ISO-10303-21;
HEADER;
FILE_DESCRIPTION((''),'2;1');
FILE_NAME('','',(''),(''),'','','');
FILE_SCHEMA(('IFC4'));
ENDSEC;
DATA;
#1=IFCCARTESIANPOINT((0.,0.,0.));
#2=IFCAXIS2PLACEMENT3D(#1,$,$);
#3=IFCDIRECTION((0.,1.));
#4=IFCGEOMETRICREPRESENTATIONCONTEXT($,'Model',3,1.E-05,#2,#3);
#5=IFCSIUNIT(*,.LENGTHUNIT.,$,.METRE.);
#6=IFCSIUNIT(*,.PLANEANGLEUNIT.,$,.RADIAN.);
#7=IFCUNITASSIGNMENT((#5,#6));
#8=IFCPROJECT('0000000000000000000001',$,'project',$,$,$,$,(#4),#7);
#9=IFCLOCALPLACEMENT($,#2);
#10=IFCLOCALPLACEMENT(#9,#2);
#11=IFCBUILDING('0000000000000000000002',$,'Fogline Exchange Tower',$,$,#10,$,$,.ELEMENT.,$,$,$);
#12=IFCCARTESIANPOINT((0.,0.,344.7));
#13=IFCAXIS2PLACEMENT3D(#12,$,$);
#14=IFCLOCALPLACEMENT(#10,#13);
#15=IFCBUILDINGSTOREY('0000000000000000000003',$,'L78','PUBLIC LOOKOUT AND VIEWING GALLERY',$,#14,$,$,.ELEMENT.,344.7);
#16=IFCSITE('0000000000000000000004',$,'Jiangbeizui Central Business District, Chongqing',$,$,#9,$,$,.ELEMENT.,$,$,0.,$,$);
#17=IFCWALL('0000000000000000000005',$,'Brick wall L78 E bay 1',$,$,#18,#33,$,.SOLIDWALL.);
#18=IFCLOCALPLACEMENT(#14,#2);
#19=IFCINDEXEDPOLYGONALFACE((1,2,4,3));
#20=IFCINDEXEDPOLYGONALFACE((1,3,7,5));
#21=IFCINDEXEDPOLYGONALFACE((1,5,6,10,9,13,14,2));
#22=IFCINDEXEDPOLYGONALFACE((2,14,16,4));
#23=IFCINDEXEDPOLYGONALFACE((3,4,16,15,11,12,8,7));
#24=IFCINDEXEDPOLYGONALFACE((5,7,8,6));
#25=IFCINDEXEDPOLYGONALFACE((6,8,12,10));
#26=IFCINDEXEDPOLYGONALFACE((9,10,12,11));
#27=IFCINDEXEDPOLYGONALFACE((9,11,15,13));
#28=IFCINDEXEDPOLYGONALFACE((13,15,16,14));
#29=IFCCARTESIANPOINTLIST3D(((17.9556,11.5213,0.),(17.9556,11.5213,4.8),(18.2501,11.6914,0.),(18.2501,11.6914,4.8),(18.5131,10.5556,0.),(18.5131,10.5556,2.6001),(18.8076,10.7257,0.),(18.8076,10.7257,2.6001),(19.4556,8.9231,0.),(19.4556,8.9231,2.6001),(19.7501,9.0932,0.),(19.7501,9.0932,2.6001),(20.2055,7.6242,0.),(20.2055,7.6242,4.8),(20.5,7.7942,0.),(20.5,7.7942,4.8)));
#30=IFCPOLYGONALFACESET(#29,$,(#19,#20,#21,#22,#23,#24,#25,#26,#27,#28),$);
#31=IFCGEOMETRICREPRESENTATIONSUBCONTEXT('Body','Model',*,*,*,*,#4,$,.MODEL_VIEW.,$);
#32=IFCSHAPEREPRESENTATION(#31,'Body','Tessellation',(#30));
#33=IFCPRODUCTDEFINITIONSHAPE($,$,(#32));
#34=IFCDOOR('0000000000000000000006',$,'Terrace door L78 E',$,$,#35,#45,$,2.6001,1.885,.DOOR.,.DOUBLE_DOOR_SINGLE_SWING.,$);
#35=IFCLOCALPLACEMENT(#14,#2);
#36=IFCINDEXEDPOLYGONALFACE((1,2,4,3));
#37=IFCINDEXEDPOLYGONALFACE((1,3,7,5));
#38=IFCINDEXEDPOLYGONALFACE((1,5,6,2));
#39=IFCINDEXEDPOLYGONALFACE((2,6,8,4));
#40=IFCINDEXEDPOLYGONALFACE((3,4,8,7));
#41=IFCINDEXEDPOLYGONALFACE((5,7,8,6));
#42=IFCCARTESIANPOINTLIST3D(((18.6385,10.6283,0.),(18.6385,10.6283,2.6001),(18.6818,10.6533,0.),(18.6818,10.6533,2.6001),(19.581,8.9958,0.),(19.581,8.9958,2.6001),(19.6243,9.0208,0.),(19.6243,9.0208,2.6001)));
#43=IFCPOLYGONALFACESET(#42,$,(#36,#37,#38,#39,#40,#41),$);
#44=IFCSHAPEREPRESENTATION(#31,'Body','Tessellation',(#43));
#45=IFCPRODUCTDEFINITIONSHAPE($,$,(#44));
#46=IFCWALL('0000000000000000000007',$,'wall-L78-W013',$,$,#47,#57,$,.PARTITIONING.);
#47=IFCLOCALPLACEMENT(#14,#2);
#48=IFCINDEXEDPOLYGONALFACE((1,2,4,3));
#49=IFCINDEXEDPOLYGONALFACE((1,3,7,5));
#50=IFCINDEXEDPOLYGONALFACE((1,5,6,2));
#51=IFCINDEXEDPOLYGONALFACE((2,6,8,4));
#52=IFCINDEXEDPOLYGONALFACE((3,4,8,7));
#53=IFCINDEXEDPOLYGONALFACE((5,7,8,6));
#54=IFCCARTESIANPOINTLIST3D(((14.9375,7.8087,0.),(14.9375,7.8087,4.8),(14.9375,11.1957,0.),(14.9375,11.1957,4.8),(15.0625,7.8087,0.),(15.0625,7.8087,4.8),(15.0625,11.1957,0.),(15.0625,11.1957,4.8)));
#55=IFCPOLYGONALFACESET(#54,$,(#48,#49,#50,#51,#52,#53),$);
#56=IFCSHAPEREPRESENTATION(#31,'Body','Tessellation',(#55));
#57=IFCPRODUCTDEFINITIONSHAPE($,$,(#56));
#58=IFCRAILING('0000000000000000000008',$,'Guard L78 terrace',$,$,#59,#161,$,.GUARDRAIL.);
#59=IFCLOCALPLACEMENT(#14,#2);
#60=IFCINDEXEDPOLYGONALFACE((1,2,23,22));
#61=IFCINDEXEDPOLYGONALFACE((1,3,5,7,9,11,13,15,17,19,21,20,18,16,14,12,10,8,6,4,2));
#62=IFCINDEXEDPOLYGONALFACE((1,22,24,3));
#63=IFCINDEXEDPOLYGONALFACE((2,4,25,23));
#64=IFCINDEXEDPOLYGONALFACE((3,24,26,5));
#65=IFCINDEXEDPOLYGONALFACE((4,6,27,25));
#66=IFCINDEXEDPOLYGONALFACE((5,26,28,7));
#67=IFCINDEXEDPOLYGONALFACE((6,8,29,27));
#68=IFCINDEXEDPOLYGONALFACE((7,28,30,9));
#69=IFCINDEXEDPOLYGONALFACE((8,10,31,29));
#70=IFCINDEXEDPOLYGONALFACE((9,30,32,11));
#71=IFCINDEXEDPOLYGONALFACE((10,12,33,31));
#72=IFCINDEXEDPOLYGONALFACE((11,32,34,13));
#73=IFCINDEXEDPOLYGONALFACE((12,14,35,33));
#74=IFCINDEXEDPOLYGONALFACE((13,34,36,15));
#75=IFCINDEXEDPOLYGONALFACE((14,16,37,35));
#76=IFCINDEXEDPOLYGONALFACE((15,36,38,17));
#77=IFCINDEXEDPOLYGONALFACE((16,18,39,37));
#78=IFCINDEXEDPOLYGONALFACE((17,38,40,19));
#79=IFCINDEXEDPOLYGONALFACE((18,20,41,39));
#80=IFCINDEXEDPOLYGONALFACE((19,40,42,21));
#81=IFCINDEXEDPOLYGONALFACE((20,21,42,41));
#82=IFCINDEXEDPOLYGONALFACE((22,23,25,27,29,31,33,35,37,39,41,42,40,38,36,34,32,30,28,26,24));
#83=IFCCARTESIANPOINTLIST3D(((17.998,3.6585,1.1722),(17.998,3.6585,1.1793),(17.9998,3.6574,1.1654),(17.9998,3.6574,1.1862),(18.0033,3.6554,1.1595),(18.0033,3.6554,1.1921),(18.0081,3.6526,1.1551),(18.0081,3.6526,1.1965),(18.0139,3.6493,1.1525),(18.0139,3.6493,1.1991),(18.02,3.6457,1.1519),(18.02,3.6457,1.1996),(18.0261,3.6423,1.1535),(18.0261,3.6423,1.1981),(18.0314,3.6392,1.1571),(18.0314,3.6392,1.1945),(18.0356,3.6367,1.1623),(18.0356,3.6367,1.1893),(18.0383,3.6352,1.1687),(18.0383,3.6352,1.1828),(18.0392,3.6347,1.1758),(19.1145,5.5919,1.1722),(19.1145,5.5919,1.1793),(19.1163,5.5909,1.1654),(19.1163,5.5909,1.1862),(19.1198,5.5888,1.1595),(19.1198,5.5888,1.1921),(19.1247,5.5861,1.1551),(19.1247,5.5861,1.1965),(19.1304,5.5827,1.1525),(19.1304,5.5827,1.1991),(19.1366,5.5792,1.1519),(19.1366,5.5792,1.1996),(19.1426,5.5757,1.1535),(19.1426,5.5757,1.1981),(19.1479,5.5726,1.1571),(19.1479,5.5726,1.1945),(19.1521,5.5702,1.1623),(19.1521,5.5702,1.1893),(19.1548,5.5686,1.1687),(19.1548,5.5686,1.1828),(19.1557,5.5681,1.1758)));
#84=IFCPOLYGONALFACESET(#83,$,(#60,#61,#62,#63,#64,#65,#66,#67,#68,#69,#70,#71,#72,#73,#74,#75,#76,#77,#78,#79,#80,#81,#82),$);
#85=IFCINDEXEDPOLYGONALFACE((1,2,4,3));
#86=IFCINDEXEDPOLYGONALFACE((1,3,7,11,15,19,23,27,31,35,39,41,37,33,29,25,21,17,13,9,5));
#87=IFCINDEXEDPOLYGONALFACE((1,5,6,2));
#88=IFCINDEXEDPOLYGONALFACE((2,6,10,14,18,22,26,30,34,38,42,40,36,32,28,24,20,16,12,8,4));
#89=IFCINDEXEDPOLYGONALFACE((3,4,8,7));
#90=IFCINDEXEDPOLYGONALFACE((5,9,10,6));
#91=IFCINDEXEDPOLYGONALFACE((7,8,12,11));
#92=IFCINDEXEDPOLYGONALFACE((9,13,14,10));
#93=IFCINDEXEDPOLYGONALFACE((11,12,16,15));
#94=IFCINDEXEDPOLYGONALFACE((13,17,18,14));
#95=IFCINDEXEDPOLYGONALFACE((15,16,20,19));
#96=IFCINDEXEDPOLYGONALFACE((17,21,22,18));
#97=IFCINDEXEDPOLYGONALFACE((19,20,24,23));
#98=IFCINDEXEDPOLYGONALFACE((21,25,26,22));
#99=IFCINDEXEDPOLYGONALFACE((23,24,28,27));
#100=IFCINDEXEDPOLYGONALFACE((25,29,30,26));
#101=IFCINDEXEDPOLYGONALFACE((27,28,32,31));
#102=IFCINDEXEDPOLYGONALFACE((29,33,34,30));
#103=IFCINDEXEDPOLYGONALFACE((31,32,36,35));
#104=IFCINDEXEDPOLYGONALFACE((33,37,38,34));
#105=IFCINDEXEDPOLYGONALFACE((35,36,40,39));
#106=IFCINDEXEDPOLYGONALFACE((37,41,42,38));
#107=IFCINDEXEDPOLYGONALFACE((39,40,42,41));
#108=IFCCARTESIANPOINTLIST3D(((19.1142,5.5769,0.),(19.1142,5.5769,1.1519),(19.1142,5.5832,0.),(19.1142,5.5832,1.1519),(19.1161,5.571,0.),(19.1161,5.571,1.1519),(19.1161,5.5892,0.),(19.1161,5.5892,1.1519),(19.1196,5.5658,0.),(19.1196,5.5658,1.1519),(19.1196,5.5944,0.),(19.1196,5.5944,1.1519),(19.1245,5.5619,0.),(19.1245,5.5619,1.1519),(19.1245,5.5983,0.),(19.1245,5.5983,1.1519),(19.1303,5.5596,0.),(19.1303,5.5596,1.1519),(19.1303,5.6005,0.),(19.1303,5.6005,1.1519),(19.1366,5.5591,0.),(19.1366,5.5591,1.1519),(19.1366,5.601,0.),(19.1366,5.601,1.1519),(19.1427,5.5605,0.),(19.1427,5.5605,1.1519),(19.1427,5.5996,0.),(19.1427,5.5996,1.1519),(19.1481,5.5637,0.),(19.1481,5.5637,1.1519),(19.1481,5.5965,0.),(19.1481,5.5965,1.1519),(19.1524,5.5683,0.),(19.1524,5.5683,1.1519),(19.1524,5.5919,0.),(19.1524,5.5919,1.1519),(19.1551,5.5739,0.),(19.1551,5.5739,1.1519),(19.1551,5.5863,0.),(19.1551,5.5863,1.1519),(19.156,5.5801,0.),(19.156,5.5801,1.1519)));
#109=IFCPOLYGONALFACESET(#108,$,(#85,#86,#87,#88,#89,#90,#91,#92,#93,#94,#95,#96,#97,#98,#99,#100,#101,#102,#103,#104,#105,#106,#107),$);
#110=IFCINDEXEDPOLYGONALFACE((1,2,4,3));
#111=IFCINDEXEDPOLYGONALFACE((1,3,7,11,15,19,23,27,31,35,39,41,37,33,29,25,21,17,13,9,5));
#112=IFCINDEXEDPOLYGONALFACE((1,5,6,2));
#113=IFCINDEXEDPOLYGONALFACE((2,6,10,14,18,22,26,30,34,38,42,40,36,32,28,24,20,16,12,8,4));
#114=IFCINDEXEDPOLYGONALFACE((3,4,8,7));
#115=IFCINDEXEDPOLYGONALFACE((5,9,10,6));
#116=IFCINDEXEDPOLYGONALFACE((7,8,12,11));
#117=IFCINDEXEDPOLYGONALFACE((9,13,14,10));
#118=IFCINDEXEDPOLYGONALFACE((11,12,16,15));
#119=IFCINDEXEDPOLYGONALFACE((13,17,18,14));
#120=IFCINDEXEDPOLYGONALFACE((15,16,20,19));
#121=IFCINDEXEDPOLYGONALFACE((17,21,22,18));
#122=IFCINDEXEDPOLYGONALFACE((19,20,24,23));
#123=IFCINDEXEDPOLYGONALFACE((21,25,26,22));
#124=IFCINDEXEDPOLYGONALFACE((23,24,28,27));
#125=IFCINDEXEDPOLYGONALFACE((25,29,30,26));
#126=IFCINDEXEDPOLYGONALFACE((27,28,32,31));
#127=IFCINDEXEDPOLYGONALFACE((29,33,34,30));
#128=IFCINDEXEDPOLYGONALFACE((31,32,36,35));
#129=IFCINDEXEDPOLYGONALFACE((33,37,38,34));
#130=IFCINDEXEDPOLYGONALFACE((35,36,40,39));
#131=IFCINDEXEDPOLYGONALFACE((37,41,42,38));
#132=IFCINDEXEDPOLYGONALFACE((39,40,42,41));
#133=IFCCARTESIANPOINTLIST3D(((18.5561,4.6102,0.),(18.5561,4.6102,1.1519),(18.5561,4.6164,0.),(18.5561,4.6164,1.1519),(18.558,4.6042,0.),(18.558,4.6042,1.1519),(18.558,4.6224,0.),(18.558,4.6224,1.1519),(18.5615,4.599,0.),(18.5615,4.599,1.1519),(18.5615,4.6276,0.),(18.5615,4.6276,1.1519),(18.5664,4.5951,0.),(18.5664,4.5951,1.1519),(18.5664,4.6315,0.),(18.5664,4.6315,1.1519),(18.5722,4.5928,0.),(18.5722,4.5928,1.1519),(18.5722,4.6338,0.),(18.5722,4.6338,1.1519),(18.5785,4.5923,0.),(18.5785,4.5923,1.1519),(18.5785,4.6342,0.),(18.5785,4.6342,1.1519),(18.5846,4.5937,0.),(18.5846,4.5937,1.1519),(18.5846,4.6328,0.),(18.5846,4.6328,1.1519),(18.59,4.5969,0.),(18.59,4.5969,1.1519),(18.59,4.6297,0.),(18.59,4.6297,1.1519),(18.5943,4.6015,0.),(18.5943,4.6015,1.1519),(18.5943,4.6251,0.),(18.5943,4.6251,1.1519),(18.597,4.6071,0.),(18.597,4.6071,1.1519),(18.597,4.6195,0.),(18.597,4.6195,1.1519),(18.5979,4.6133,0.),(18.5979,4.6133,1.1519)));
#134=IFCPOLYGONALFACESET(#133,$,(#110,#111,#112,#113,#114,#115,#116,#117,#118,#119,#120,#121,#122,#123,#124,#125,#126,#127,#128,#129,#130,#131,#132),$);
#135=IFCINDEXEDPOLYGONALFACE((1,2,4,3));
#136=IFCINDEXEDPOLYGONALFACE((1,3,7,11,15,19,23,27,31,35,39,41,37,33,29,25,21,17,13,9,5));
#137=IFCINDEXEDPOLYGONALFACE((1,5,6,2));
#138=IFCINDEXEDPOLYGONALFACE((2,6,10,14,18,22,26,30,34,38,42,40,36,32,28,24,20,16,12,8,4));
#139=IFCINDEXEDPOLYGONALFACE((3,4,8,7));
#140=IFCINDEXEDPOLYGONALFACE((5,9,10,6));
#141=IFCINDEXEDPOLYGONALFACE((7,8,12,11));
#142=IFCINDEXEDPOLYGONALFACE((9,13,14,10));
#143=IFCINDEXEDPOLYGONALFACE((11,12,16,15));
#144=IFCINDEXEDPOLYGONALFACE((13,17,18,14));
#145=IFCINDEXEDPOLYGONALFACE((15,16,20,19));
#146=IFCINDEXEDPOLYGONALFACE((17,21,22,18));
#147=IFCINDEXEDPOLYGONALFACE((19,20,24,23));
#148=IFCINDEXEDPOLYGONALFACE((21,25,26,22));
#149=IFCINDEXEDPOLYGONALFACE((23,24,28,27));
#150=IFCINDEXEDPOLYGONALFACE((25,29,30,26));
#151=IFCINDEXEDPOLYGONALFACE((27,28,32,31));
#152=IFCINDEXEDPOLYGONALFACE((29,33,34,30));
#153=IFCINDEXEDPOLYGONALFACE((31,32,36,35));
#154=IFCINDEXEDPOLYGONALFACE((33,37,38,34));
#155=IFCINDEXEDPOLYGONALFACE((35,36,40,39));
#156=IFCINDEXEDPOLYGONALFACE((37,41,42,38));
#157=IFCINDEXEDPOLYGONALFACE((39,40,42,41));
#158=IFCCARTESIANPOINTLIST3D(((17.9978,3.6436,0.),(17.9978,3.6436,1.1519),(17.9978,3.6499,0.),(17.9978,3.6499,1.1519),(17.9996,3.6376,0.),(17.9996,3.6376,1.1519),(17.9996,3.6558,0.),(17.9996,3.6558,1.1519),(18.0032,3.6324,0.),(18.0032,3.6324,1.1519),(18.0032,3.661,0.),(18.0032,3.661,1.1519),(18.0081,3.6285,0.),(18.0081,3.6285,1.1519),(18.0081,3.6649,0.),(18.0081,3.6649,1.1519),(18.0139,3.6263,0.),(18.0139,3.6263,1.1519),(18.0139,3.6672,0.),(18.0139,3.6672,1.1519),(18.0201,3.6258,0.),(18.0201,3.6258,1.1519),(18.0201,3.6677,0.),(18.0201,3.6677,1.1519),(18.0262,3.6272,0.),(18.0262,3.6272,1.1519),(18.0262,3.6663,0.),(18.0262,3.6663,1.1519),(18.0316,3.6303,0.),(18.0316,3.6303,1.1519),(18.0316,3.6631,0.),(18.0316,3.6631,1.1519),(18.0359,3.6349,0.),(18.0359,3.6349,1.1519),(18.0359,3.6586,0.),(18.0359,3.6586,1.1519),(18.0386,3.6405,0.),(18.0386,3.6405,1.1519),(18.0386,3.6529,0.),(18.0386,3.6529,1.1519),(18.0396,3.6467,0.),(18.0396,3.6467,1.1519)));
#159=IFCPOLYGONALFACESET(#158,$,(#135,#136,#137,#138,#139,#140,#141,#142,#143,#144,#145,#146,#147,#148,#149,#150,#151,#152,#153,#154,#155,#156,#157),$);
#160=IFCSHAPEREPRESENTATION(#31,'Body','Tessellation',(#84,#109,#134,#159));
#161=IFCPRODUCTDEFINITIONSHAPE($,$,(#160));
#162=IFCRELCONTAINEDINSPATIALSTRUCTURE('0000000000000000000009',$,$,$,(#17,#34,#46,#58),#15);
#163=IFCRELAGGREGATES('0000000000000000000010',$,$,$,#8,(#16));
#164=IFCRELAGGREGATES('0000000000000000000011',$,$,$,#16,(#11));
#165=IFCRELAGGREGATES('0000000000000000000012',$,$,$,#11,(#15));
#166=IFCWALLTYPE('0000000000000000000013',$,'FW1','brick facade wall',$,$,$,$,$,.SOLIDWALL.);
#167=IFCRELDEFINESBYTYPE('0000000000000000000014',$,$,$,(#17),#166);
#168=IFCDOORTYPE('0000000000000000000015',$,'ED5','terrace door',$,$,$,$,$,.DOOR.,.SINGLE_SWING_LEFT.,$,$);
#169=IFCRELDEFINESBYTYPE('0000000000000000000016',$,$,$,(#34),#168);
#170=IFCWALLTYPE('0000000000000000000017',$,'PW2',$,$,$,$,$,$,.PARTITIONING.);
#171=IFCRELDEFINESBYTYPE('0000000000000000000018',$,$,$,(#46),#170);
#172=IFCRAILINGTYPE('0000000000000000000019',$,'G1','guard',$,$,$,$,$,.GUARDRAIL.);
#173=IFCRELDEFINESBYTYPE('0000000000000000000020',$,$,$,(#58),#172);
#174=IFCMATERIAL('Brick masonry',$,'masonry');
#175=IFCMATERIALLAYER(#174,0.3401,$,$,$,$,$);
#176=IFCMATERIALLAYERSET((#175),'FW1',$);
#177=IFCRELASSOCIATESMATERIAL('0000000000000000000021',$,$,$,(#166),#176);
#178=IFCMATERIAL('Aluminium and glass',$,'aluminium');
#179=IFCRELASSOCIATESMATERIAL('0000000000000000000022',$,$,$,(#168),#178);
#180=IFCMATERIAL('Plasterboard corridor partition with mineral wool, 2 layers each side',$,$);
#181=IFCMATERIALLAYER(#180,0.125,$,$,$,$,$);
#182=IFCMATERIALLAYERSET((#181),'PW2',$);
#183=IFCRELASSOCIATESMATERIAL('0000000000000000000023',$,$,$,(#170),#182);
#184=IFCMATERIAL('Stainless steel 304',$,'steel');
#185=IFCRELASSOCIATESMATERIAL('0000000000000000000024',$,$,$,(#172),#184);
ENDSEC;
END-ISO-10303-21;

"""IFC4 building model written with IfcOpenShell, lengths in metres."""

from ifc_helpers import new_model, si_unit, direction, frame, frame_2d, origin, origin_2d, place, context, subcontext, project, spatial, rectangle, circle, extrude, material, layer, layer_set, type_object, element, fill, save


model = new_model("IFC4")

# Units and contexts
model_context = context("Model", 3, precision=1e-05, world=origin(), true_north=direction((0.0, 1.0)))
body_context = subcontext(model_context, "Body", "Model", "MODEL_VIEW")
ifc_project = project(units=[si_unit("LENGTHUNIT", "METRE"), si_unit("PLANEANGLEUNIT", "RADIAN")], contexts=[model_context])

# Site, building, storey
site_placement = place(None, origin())
site = spatial("IfcSite", under=ifc_project, at=site_placement, Name="Jiangbeizui Central Business District, Chongqing", CompositionType="ELEMENT", RefElevation=0.0)
building_placement = place(site_placement, origin())
building = spatial("IfcBuilding", under=site, at=building_placement, Name="Fogline Exchange Tower", CompositionType="ELEMENT")
storey_placement = place(building_placement, frame((0.0, 0.0, 344.7)))
storey = spatial("IfcBuildingStorey", under=building, at=storey_placement, Name="L78", Description="PUBLIC LOOKOUT AND VIEWING GALLERY", CompositionType="ELEMENT", Elevation=344.7)

# Shared definitions
ifc_material_1 = material(Name="Aluminium and glass", Category="aluminium")

# Shared definitions
ifc_material_2 = material(Name="Brick masonry", Category="masonry")
ifc_layer_1 = layer(ifc_material_2, 0.3401)
ifc_layer_set_1 = layer_set([ifc_layer_1], Name="FW1")
wall_type_1 = type_object("IfcWallType", Name="FW1", Description="brick facade wall", PredefinedType="SOLIDWALL", material=ifc_layer_set_1)

# Wall, opening, door
wall_1_placement = place(storey_placement, frame((20.3528, 7.7092, 0.0), z_axis=(0.0, 0.0, 1.0), x_axis=(-0.49999, 0.866031, 0.0)))
wall_1 = element("IfcWall", 1, at=wall_1_placement, inside=storey, type_object=wall_type_1, Name="Brick wall L78 E bay 1", PredefinedType="SOLIDWALL", context=body_context, shape_type="SweptSolid", body=[
    extrude(rectangle(XDim=4.5, YDim=0.3401, at=frame_2d((2.25, 0.0))), origin(), (0.0, 0.0, 1.0), 4.8),
])
opening_1_placement = place(wall_1_placement, frame((1.5, 0.0, 0.0)))
opening_1 = element("IfcOpeningElement", 2, at=opening_1_placement, cuts=wall_1, PredefinedType="OPENING", context=body_context, shape_type="SweptSolid", body=[
    extrude(rectangle(XDim=1.885, YDim=2.6001, at=frame_2d((0.9424, 1.3))), frame((0.0, 0.1802, 0.0), z_axis=(0.0, -1.0, 0.0), x_axis=(1.0, 0.0, 0.0)), (0.0, 0.0, 1.0), 0.3601),
])
door_type_1 = type_object("IfcDoorType", Name="ED5", Description="terrace door", OperationType="SINGLE_SWING_LEFT", PredefinedType="DOOR", material=ifc_material_1)
door_1_placement = place(opening_1_placement, frame((1.885, 0.0, 0.0), z_axis=(0.0, 0.0, 1.0), x_axis=(-1.0, 0.0, 0.0)))
door_1 = element("IfcDoor", 3, at=door_1_placement, inside=storey, type_object=door_type_1, Name="Terrace door L78 E", OperationType="DOUBLE_DOOR_SINGLE_SWING", OverallHeight=2.6001, OverallWidth=1.885, PredefinedType="DOOR", context=body_context, shape_type="SweptSolid", body=[
    extrude(rectangle(XDim=1.885, YDim=2.6001, at=frame_2d((0.9424, 1.3))), frame((0.0, 0.0249, 0.0), z_axis=(0.0, -1.0, 0.0), x_axis=(1.0, 0.0, 0.0)), (0.0, 0.0, 1.0), 0.05),
])
fill(opening_1, door_1)

# Wall
ifc_material_3 = material(Name="Plasterboard corridor partition with mineral wool, 2 layers each side")
ifc_layer_2 = layer(ifc_material_3, 0.125)
ifc_layer_set_2 = layer_set([ifc_layer_2], Name="PW2")
wall_type_2 = type_object("IfcWallType", Name="PW2", PredefinedType="PARTITIONING", material=ifc_layer_set_2)
wall_2_placement = place(storey_placement, frame((15.0, 11.1956, 0.0), z_axis=(0.0, 0.0, 1.0), x_axis=(0.0, -1.0, 0.0)))
element("IfcWall", 4, at=wall_2_placement, inside=storey, type_object=wall_type_2, Name="wall-L78-W013", PredefinedType="PARTITIONING", context=body_context, shape_type="SweptSolid", body=[
    extrude(rectangle(XDim=3.387, YDim=0.125, at=frame_2d((1.6934, 0.0))), origin(), (0.0, 0.0, 1.0), 4.8),
])

# Railing
ifc_material_4 = material(Name="Stainless steel 304", Category="steel")
railing_type = type_object("IfcRailingType", Name="G1", Description="guard", PredefinedType="GUARDRAIL", material=ifc_material_4)
railing_1_placement = place(storey_placement, frame((19.135, 5.5801, 0.0)))
element("IfcRailing", 5, at=railing_1_placement, inside=storey, type_object=railing_type, Name="Guard L78 terrace", PredefinedType="GUARDRAIL", context=body_context, shape_type="SweptSolid", body=[
    extrude(circle(Radius=0.0239, at=origin_2d()), frame((0.0, 0.0, 1.1758), z_axis=(-0.500079, -0.86598, 0.0), x_axis=(0.86598, -0.500079, 0.0)), (0.0, 0.0, 1.0), 2.2327),
    extrude(circle(Radius=0.021, at=origin_2d()), origin(), (0.0, 0.0, 1.0), 1.1519),
    extrude(circle(Radius=0.021, at=origin_2d()), frame((-0.5581, -0.9668, 0.0)), (0.0, 0.0, 1.0), 1.1519),
    extrude(circle(Radius=0.021, at=origin_2d()), frame((-1.1165, -1.9333, 0.0)), (0.0, 0.0, 1.0), 1.1519),
])

save(model, "model.ifc")
